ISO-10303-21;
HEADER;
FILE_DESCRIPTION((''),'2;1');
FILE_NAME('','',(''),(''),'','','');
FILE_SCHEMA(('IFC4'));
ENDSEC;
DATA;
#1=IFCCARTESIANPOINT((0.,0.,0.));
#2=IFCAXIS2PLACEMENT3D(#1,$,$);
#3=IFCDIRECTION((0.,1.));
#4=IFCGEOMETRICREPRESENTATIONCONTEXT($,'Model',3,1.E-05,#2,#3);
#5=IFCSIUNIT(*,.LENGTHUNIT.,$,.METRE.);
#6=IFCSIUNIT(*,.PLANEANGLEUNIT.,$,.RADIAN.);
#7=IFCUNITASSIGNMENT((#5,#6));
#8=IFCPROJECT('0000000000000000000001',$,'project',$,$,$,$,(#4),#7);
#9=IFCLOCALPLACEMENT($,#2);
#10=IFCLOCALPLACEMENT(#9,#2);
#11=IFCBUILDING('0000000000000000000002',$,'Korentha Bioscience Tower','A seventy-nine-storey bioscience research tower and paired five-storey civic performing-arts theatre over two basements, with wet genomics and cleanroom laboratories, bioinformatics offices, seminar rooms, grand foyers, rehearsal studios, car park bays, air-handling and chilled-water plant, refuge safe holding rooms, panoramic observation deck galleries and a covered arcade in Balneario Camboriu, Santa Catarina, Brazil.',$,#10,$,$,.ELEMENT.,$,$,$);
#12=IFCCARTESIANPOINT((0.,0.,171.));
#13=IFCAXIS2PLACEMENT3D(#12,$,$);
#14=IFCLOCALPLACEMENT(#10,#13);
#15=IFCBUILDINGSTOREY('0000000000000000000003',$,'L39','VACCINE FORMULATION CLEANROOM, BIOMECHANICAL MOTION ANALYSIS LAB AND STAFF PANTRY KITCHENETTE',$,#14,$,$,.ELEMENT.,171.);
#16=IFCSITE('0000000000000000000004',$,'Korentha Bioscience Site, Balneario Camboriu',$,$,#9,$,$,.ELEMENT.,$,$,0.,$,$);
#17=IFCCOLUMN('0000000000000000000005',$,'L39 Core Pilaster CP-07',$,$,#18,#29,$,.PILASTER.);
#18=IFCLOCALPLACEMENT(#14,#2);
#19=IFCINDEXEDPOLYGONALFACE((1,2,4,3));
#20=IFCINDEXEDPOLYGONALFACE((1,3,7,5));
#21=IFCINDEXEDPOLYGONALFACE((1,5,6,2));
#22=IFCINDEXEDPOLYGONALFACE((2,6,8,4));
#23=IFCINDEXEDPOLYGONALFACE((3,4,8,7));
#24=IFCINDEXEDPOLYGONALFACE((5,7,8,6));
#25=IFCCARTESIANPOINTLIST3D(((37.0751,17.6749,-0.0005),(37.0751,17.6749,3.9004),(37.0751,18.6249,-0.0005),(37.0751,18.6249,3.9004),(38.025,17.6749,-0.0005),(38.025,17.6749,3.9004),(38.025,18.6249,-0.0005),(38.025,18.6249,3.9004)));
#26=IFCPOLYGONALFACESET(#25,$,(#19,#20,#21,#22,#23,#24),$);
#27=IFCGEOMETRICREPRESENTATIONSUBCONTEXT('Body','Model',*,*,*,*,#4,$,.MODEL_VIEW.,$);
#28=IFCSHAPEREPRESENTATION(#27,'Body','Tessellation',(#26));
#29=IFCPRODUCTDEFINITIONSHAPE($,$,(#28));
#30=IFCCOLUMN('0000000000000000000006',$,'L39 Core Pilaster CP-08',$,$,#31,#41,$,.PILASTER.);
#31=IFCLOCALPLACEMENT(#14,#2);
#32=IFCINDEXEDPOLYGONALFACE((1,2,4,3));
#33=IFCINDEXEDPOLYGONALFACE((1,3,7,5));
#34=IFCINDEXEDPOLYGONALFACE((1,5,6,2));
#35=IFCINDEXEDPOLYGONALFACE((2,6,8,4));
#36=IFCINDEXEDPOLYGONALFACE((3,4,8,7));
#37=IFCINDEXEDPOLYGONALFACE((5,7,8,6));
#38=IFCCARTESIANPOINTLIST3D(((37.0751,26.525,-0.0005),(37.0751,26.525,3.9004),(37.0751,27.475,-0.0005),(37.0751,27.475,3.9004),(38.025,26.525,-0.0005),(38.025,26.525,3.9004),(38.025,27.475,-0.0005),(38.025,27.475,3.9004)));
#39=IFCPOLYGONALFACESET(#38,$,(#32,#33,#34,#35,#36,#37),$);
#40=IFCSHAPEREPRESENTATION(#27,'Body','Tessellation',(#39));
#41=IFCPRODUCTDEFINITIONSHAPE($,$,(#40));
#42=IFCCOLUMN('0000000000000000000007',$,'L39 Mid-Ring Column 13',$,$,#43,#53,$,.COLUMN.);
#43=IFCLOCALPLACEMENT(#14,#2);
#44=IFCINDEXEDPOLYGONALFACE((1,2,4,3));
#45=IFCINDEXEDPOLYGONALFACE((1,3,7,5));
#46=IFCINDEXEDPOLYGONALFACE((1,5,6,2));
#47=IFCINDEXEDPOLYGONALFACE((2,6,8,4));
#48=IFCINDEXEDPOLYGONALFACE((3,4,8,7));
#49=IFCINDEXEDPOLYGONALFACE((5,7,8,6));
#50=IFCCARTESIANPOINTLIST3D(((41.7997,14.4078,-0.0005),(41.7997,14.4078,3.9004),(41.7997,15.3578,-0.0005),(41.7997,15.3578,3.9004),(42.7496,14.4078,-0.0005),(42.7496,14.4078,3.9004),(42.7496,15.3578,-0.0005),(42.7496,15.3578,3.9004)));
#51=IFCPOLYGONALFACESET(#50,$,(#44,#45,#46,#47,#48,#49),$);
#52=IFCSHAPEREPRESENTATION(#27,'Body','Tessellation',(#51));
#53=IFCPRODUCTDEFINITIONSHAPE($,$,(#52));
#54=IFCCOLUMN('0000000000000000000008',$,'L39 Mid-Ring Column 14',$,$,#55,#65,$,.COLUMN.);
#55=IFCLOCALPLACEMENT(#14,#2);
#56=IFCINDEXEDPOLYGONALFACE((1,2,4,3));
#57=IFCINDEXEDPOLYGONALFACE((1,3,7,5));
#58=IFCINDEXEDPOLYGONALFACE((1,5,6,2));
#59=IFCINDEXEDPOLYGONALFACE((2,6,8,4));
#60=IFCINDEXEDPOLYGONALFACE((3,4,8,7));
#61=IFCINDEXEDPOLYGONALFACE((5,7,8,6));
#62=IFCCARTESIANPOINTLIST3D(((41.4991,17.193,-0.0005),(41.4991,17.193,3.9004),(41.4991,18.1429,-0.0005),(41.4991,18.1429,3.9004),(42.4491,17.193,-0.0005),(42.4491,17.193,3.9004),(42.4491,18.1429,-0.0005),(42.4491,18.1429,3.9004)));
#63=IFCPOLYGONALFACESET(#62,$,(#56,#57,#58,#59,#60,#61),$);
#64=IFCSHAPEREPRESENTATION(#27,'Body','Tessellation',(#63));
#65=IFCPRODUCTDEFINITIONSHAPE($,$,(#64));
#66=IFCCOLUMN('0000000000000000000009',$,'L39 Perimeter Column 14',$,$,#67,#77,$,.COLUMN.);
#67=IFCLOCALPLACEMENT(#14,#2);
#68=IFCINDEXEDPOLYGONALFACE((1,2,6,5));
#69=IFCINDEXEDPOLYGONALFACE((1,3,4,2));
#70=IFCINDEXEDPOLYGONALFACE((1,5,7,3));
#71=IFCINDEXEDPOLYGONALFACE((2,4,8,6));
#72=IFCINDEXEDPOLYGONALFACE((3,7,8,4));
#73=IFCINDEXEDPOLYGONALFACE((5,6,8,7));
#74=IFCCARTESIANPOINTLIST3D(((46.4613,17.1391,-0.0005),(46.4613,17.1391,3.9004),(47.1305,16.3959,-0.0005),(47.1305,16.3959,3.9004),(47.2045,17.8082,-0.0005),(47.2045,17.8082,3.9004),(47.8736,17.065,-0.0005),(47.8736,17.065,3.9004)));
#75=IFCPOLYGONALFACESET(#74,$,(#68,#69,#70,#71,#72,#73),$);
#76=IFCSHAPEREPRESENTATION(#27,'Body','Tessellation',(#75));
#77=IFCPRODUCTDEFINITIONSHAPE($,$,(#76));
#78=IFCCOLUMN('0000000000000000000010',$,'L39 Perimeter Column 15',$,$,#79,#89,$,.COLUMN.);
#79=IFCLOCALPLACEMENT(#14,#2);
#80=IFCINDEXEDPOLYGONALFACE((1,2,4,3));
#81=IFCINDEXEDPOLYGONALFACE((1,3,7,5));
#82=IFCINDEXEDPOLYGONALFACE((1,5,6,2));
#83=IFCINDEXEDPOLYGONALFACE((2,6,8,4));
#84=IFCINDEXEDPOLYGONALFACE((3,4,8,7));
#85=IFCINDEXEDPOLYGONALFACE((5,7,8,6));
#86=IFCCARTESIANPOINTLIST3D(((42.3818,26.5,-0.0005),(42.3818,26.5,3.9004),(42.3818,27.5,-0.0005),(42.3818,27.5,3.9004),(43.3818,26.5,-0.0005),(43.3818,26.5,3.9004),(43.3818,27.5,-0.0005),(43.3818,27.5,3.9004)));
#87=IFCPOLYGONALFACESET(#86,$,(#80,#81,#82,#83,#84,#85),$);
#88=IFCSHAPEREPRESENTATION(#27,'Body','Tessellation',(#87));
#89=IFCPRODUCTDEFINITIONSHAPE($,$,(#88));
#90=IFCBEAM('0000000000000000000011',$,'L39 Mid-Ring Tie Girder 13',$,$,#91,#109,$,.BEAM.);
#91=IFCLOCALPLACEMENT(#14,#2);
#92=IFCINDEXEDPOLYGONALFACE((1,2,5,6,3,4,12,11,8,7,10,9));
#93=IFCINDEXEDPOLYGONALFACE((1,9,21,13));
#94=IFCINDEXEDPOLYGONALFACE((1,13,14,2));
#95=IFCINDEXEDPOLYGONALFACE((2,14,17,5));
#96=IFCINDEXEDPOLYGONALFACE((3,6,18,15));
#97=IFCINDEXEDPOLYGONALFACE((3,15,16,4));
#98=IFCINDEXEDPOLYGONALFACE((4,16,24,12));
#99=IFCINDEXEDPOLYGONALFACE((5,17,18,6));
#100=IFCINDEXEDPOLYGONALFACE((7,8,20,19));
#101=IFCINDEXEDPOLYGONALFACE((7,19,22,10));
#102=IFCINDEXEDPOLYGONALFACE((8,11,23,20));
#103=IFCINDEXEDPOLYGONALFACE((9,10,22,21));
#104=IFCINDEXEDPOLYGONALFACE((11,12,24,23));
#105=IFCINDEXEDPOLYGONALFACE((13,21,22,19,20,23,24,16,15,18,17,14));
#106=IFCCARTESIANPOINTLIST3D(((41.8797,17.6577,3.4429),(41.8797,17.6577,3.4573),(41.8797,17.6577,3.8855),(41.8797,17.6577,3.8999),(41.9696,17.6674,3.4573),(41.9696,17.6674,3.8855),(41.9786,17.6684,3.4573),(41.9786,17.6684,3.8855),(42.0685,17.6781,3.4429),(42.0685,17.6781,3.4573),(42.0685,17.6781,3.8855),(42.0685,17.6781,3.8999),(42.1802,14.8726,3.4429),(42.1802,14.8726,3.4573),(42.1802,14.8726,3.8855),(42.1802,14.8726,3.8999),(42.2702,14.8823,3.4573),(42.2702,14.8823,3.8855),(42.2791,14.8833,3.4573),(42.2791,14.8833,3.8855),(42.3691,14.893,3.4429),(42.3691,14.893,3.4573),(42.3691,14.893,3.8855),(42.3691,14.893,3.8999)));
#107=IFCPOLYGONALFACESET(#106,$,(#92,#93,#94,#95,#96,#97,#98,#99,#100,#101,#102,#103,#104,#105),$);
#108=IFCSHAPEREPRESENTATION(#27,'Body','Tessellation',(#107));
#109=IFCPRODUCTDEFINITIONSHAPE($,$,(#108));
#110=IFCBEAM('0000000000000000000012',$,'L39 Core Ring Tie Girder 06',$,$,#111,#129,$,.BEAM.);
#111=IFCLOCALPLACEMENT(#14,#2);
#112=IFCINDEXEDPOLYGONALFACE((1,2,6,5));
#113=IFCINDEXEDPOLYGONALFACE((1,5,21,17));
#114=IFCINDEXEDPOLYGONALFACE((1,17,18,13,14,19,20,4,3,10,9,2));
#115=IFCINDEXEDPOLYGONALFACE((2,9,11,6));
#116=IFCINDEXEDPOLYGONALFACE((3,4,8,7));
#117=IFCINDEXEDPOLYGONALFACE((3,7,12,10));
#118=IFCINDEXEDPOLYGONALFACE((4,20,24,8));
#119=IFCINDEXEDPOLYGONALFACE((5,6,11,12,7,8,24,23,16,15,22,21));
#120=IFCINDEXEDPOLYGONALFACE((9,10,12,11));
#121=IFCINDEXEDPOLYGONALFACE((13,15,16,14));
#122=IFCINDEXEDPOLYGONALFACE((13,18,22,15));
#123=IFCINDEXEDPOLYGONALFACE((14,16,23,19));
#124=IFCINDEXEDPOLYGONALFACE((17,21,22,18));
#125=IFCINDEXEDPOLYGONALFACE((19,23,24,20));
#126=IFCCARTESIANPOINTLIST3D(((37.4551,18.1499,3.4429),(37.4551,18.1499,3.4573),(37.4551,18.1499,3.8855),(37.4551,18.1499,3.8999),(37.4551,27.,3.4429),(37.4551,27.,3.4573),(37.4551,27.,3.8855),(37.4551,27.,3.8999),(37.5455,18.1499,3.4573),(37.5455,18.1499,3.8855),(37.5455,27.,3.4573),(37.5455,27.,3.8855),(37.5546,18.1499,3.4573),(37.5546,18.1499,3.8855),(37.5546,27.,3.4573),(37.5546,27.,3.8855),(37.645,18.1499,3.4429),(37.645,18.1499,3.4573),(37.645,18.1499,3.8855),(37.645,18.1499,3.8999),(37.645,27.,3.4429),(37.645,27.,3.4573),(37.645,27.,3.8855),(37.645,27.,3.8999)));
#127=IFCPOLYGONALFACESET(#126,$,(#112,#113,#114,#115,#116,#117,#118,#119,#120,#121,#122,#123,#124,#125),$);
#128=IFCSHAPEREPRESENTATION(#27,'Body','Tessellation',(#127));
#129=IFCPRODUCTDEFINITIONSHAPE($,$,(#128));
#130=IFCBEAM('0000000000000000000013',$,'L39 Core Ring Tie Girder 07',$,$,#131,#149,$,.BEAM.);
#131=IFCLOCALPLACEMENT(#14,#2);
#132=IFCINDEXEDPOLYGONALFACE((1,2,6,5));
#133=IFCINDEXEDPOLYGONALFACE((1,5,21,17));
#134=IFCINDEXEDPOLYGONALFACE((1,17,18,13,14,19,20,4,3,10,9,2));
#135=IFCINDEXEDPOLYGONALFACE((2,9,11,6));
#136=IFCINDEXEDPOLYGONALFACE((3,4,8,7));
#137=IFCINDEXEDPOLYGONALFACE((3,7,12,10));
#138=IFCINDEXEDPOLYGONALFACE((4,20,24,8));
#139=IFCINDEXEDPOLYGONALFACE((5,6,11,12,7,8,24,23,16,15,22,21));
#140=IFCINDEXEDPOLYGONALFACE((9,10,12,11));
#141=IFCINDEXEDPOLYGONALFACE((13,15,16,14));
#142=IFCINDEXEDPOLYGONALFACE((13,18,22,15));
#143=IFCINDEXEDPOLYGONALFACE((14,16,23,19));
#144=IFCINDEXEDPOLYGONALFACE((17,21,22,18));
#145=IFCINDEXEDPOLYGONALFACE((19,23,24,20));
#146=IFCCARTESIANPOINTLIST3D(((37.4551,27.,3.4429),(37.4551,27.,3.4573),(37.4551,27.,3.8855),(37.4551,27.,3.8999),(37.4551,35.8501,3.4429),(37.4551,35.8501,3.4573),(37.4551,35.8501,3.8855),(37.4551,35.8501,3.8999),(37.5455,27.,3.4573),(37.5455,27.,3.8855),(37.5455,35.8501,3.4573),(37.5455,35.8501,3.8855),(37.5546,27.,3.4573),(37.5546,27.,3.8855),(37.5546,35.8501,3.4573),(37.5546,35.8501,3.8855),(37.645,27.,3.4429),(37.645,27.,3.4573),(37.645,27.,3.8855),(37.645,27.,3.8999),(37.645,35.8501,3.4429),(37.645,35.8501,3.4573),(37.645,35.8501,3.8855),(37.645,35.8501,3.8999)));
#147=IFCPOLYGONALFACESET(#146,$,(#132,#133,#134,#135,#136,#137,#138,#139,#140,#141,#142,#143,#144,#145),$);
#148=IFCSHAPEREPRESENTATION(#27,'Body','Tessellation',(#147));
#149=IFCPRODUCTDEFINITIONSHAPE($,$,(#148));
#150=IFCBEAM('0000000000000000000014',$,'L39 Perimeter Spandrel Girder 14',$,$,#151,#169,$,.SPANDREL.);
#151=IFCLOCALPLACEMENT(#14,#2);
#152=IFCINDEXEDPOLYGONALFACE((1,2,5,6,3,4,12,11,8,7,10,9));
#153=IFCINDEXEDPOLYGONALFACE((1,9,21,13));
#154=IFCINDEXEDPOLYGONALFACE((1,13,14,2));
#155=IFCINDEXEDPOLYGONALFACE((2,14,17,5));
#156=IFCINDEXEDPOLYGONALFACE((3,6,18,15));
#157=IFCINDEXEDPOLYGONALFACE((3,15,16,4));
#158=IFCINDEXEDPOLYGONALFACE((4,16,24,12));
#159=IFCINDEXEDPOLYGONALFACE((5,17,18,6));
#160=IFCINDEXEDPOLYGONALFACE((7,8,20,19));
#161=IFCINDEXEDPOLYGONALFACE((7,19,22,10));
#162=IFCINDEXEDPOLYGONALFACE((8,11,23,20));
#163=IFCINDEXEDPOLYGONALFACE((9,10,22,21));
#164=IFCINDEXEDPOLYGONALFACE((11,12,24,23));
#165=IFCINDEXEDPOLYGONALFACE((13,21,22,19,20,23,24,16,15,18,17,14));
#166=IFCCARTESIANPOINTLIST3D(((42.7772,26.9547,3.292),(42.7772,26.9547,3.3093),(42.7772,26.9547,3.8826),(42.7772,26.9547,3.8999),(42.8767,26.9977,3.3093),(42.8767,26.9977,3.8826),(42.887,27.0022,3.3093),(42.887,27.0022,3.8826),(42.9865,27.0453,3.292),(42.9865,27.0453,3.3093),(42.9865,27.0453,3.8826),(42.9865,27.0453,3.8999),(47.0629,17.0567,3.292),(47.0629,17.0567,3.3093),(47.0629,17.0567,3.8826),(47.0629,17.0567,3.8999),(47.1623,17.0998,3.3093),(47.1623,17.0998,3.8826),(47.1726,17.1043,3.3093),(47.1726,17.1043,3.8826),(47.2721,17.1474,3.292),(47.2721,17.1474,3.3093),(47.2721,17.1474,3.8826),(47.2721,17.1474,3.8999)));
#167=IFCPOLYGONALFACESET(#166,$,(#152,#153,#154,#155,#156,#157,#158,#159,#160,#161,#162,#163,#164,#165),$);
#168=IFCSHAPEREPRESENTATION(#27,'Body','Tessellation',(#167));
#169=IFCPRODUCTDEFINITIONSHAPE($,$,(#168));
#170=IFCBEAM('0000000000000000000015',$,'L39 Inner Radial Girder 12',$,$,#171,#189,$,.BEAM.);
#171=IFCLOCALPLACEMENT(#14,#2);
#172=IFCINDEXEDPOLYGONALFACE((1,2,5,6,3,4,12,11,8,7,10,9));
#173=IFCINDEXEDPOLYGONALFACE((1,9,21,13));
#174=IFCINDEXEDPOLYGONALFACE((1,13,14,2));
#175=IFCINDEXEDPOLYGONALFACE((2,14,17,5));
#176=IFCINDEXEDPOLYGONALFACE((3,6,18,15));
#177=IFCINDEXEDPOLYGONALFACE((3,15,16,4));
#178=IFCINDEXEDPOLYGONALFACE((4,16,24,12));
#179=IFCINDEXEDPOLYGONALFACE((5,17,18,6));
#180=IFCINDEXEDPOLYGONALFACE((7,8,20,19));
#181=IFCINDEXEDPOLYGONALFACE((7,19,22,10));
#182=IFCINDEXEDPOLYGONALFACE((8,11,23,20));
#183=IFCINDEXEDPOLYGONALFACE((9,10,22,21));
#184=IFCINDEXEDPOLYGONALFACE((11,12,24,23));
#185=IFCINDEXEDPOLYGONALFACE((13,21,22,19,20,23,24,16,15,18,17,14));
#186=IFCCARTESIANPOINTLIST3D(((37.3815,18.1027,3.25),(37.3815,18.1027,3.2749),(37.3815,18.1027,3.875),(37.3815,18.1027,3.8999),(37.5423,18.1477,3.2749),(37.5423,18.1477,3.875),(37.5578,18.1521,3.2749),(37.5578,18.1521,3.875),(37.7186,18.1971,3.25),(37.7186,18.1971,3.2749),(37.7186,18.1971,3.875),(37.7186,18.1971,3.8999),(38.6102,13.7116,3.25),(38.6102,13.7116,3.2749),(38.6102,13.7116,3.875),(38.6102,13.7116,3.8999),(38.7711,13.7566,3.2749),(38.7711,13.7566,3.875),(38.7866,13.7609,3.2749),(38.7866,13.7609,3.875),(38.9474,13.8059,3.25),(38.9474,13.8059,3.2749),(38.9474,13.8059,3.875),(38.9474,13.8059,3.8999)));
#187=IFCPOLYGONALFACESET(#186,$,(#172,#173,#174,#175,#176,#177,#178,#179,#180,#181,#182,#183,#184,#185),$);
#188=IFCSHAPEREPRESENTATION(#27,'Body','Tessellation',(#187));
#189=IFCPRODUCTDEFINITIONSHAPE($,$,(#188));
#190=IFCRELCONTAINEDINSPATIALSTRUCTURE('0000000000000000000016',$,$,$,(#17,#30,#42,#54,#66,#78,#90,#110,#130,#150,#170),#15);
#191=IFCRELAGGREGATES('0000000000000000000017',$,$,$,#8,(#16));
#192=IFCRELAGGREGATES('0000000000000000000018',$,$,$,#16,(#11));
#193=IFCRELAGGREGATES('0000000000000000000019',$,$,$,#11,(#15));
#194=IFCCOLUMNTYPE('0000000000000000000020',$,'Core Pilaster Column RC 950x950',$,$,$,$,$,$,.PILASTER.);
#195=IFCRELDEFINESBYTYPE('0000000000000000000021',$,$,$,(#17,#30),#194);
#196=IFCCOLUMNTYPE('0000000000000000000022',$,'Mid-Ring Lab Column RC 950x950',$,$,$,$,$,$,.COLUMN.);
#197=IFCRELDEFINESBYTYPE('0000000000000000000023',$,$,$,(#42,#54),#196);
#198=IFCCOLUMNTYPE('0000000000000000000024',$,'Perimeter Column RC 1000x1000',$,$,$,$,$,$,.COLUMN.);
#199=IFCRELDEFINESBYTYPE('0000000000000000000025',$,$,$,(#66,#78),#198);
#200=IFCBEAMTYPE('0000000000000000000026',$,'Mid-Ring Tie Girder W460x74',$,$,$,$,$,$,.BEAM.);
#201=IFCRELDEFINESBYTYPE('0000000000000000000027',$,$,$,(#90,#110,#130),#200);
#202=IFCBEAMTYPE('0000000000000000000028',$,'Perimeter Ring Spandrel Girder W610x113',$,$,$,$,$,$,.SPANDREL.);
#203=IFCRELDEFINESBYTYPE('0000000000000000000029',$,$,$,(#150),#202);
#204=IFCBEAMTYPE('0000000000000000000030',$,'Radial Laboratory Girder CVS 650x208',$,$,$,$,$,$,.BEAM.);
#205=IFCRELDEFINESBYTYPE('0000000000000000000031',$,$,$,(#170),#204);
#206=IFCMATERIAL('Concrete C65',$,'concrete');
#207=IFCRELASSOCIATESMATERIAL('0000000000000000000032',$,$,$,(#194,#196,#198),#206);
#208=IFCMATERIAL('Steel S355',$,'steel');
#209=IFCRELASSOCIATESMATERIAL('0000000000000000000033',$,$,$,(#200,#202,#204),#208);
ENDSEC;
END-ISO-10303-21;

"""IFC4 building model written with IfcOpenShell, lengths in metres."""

from ifc_helpers import new_model, si_unit, direction, frame, origin, origin_2d, place, context, subcontext, project, spatial, rectangle, i_section, extrude, material, material_profile, profile_set, type_object, element, save


model = new_model("IFC4")

# Units and contexts
model_context = context("Model", 3, precision=1e-05, world=origin(), true_north=direction((0.0, 1.0)))
body_context = subcontext(model_context, "Body", "Model", "MODEL_VIEW")
ifc_project = project(units=[si_unit("LENGTHUNIT", "METRE"), si_unit("PLANEANGLEUNIT", "RADIAN")], contexts=[model_context])

# Site, building, storey
site_placement = place(None, origin())
site = spatial("IfcSite", under=ifc_project, at=site_placement, Name="Korentha Bioscience Site, Balneario Camboriu", CompositionType="ELEMENT", RefElevation=0.0)
building_placement = place(site_placement, origin())
building = spatial("IfcBuilding", under=site, at=building_placement, Name="Korentha Bioscience Tower", Description="A seventy-nine-storey bioscience research tower and paired five-storey civic performing-arts theatre over two basements, with wet genomics and cleanroom laboratories, bioinformatics offices, seminar rooms, grand foyers, rehearsal studios, car park bays, air-handling and chilled-water plant, refuge safe holding rooms, panoramic observation deck galleries and a covered arcade in Balneario Camboriu, Santa Catarina, Brazil.", CompositionType="ELEMENT")
storey_placement = place(building_placement, frame((0.0, 0.0, 171.0)))
storey = spatial("IfcBuildingStorey", under=building, at=storey_placement, Name="L39", Description="VACCINE FORMULATION CLEANROOM, BIOMECHANICAL MOTION ANALYSIS LAB AND STAFF PANTRY KITCHENETTE", CompositionType="ELEMENT", Elevation=171.0)

# Columns
ifc_material_1 = material(Name="Concrete C65", Category="concrete")
ifc_material_profile_1 = material_profile(ifc_material_1, rectangle(XDim=0.95, YDim=0.95, at=origin_2d()), Name="Concrete C65")
ifc_profile_set_1 = profile_set([ifc_material_profile_1], Name="Concrete C65 (COL-CP09)")
column_type_1 = type_object("IfcColumnType", Name="Core Pilaster Column RC 950x950", PredefinedType="PILASTER", material=ifc_profile_set_1)
for number, where, z_axis, x_axis, name in (
    (1, (37.55, 18.1499, -0.0005), (0.0, 0.0, 1.0), (1.0, 0.0, 0.0), "L39 Core Pilaster CP-07"),
    (2, (37.55, 27.0, -0.0005), (0.0, 0.0, 1.0), (1.0, 0.0, 0.0), "L39 Core Pilaster CP-08"),
):
    element("IfcColumn", number, at=place(storey_placement, frame(where, z_axis=z_axis, x_axis=x_axis)), inside=storey, type_object=column_type_1, Name=name, PredefinedType="PILASTER", context=body_context, shape_type="SweptSolid", body=[
        extrude(rectangle(XDim=0.95, YDim=0.95, at=origin_2d()), origin(), (0.0, 0.0, 1.0), 3.9009),
    ])
ifc_material_profile_2 = material_profile(ifc_material_1, rectangle(XDim=0.95, YDim=0.95, at=origin_2d()), Name="Concrete C65")
ifc_profile_set_2 = profile_set([ifc_material_profile_2], Name="Concrete C65 (COL-MR09)")
column_type_2 = type_object("IfcColumnType", Name="Mid-Ring Lab Column RC 950x950", PredefinedType="COLUMN", material=ifc_profile_set_2)
for number, where, z_axis, x_axis, name in (
    (3, (42.2747, 14.8828, -0.0005), (0.0, 0.0, 1.0), (1.0, 0.0, 0.0), "L39 Mid-Ring Column 13"),
    (4, (41.9741, 17.668, -0.0005), (0.0, 0.0, 1.0), (1.0, 0.0, 0.0), "L39 Mid-Ring Column 14"),
):
    element("IfcColumn", number, at=place(storey_placement, frame(where, z_axis=z_axis, x_axis=x_axis)), inside=storey, type_object=column_type_2, Name=name, PredefinedType="COLUMN", context=body_context, shape_type="SweptSolid", body=[
        extrude(rectangle(XDim=0.95, YDim=0.95, at=origin_2d()), origin(), (0.0, 0.0, 1.0), 3.9009),
    ])
ifc_material_profile_3 = material_profile(ifc_material_1, rectangle(XDim=1.0, YDim=1.0, at=origin_2d()), Name="Concrete C65")
ifc_profile_set_3 = profile_set([ifc_material_profile_3], Name="Concrete C65 (COL-P10)")
column_type_3 = type_object("IfcColumnType", Name="Perimeter Column RC 1000x1000", PredefinedType="COLUMN", material=ifc_profile_set_3)
for number, where, z_axis, x_axis, name in (
    (5, (47.1675, 17.1021, -0.0005), (0.0, 0.0, 1.0), (-0.669131, 0.743145, 0.0), "L39 Perimeter Column 14"),
    (6, (42.8818, 27.0, -0.0005), (0.0, 0.0, 1.0), (0.0, 1.0, 0.0), "L39 Perimeter Column 15"),
):
    element("IfcColumn", number, at=place(storey_placement, frame(where, z_axis=z_axis, x_axis=x_axis)), inside=storey, type_object=column_type_3, Name=name, PredefinedType="COLUMN", context=body_context, shape_type="SweptSolid", body=[
        extrude(rectangle(XDim=1.0, YDim=1.0, at=origin_2d()), origin(), (0.0, 0.0, 1.0), 3.9009),
    ])

# Beams
ifc_material_2 = material(Name="Steel S355", Category="steel")
ifc_material_profile_4 = material_profile(ifc_material_2, i_section(OverallWidth=0.1899, OverallDepth=0.457, WebThickness=0.009, FlangeThickness=0.0144, at=origin_2d()), Name="Steel S355")
ifc_profile_set_4 = profile_set([ifc_material_profile_4], Name="Steel S355 (MB-460)")
beam_type_1 = type_object("IfcBeamType", Name="Mid-Ring Tie Girder W460x74", PredefinedType="BEAM", material=ifc_profile_set_4)
beam_1_placement = place(storey_placement, frame((42.2747, 14.8828, 3.6714), z_axis=(-0.107284, 0.994228, 0.0), x_axis=(-0.994228, -0.107284, 0.0)))
element("IfcBeam", 7, at=beam_1_placement, inside=storey, type_object=beam_type_1, Name="L39 Mid-Ring Tie Girder 13", PredefinedType="BEAM", context=body_context, shape_type="SweptSolid", body=[
    extrude(i_section(OverallWidth=0.1899, OverallDepth=0.457, WebThickness=0.009, FlangeThickness=0.0144, at=origin_2d()), origin(), (0.0, 0.0, 1.0), 2.8013),
])
for number, where, z_axis, x_axis, name in (
    (8, (37.55, 18.1499, 3.6714), (0.0, 1.0, 0.0), (-1.0, 0.0, 0.0), "L39 Core Ring Tie Girder 06"),
    (9, (37.55, 27.0, 3.6714), (0.0, 1.0, 0.0), (-1.0, 0.0, 0.0), "L39 Core Ring Tie Girder 07"),
):
    element("IfcBeam", number, at=place(storey_placement, frame(where, z_axis=z_axis, x_axis=x_axis)), inside=storey, type_object=beam_type_1, Name=name, PredefinedType="BEAM", context=body_context, shape_type="SweptSolid", body=[
        extrude(i_section(OverallWidth=0.1899, OverallDepth=0.457, WebThickness=0.009, FlangeThickness=0.0144, at=origin_2d()), origin(), (0.0, 0.0, 1.0), 8.8501),
    ])
ifc_material_profile_5 = material_profile(ifc_material_2, i_section(OverallWidth=0.228, OverallDepth=0.6079, WebThickness=0.0112, FlangeThickness=0.0173, at=origin_2d()), Name="Steel S355")
ifc_profile_set_5 = profile_set([ifc_material_profile_5], Name="Steel S355 (SB-610)")
beam_type_2 = type_object("IfcBeamType", Name="Perimeter Ring Spandrel Girder W610x113", PredefinedType="SPANDREL", material=ifc_profile_set_5)
beam_2_placement = place(storey_placement, frame((47.1675, 17.1021, 3.5959), z_axis=(-0.397337, 0.917673, 0.0), x_axis=(-0.917673, -0.397337, 0.0)))
element("IfcBeam", 10, at=beam_2_placement, inside=storey, type_object=beam_type_2, Name="L39 Perimeter Spandrel Girder 14", PredefinedType="SPANDREL", context=body_context, shape_type="SweptSolid", body=[
    extrude(i_section(OverallWidth=0.228, OverallDepth=0.6079, WebThickness=0.0112, FlangeThickness=0.0173, at=origin_2d()), origin(), (0.0, 0.0, 1.0), 10.7859),
])
ifc_material_profile_6 = material_profile(ifc_material_2, i_section(OverallWidth=0.3501, OverallDepth=0.6499, WebThickness=0.0161, FlangeThickness=0.0249, at=origin_2d()), Name="Steel S355")
ifc_profile_set_6 = profile_set([ifc_material_profile_6], Name="Steel S355 (RB-650)")
beam_type_3 = type_object("IfcBeamType", Name="Radial Laboratory Girder CVS 650x208", PredefinedType="BEAM", material=ifc_profile_set_6)
beam_3_placement = place(storey_placement, frame((37.55, 18.1499, 3.575), z_axis=(0.269477, -0.963007, 0.0), x_axis=(0.963007, 0.269477, 0.0)))
element("IfcBeam", 11, at=beam_3_placement, inside=storey, type_object=beam_type_3, Name="L39 Inner Radial Girder 12", PredefinedType="BEAM", context=body_context, shape_type="SweptSolid", body=[
    extrude(i_section(OverallWidth=0.3501, OverallDepth=0.6499, WebThickness=0.0161, FlangeThickness=0.0249, at=origin_2d()), origin(), (0.0, 0.0, 1.0), 4.5598),
])

save(model, "model.ifc")
